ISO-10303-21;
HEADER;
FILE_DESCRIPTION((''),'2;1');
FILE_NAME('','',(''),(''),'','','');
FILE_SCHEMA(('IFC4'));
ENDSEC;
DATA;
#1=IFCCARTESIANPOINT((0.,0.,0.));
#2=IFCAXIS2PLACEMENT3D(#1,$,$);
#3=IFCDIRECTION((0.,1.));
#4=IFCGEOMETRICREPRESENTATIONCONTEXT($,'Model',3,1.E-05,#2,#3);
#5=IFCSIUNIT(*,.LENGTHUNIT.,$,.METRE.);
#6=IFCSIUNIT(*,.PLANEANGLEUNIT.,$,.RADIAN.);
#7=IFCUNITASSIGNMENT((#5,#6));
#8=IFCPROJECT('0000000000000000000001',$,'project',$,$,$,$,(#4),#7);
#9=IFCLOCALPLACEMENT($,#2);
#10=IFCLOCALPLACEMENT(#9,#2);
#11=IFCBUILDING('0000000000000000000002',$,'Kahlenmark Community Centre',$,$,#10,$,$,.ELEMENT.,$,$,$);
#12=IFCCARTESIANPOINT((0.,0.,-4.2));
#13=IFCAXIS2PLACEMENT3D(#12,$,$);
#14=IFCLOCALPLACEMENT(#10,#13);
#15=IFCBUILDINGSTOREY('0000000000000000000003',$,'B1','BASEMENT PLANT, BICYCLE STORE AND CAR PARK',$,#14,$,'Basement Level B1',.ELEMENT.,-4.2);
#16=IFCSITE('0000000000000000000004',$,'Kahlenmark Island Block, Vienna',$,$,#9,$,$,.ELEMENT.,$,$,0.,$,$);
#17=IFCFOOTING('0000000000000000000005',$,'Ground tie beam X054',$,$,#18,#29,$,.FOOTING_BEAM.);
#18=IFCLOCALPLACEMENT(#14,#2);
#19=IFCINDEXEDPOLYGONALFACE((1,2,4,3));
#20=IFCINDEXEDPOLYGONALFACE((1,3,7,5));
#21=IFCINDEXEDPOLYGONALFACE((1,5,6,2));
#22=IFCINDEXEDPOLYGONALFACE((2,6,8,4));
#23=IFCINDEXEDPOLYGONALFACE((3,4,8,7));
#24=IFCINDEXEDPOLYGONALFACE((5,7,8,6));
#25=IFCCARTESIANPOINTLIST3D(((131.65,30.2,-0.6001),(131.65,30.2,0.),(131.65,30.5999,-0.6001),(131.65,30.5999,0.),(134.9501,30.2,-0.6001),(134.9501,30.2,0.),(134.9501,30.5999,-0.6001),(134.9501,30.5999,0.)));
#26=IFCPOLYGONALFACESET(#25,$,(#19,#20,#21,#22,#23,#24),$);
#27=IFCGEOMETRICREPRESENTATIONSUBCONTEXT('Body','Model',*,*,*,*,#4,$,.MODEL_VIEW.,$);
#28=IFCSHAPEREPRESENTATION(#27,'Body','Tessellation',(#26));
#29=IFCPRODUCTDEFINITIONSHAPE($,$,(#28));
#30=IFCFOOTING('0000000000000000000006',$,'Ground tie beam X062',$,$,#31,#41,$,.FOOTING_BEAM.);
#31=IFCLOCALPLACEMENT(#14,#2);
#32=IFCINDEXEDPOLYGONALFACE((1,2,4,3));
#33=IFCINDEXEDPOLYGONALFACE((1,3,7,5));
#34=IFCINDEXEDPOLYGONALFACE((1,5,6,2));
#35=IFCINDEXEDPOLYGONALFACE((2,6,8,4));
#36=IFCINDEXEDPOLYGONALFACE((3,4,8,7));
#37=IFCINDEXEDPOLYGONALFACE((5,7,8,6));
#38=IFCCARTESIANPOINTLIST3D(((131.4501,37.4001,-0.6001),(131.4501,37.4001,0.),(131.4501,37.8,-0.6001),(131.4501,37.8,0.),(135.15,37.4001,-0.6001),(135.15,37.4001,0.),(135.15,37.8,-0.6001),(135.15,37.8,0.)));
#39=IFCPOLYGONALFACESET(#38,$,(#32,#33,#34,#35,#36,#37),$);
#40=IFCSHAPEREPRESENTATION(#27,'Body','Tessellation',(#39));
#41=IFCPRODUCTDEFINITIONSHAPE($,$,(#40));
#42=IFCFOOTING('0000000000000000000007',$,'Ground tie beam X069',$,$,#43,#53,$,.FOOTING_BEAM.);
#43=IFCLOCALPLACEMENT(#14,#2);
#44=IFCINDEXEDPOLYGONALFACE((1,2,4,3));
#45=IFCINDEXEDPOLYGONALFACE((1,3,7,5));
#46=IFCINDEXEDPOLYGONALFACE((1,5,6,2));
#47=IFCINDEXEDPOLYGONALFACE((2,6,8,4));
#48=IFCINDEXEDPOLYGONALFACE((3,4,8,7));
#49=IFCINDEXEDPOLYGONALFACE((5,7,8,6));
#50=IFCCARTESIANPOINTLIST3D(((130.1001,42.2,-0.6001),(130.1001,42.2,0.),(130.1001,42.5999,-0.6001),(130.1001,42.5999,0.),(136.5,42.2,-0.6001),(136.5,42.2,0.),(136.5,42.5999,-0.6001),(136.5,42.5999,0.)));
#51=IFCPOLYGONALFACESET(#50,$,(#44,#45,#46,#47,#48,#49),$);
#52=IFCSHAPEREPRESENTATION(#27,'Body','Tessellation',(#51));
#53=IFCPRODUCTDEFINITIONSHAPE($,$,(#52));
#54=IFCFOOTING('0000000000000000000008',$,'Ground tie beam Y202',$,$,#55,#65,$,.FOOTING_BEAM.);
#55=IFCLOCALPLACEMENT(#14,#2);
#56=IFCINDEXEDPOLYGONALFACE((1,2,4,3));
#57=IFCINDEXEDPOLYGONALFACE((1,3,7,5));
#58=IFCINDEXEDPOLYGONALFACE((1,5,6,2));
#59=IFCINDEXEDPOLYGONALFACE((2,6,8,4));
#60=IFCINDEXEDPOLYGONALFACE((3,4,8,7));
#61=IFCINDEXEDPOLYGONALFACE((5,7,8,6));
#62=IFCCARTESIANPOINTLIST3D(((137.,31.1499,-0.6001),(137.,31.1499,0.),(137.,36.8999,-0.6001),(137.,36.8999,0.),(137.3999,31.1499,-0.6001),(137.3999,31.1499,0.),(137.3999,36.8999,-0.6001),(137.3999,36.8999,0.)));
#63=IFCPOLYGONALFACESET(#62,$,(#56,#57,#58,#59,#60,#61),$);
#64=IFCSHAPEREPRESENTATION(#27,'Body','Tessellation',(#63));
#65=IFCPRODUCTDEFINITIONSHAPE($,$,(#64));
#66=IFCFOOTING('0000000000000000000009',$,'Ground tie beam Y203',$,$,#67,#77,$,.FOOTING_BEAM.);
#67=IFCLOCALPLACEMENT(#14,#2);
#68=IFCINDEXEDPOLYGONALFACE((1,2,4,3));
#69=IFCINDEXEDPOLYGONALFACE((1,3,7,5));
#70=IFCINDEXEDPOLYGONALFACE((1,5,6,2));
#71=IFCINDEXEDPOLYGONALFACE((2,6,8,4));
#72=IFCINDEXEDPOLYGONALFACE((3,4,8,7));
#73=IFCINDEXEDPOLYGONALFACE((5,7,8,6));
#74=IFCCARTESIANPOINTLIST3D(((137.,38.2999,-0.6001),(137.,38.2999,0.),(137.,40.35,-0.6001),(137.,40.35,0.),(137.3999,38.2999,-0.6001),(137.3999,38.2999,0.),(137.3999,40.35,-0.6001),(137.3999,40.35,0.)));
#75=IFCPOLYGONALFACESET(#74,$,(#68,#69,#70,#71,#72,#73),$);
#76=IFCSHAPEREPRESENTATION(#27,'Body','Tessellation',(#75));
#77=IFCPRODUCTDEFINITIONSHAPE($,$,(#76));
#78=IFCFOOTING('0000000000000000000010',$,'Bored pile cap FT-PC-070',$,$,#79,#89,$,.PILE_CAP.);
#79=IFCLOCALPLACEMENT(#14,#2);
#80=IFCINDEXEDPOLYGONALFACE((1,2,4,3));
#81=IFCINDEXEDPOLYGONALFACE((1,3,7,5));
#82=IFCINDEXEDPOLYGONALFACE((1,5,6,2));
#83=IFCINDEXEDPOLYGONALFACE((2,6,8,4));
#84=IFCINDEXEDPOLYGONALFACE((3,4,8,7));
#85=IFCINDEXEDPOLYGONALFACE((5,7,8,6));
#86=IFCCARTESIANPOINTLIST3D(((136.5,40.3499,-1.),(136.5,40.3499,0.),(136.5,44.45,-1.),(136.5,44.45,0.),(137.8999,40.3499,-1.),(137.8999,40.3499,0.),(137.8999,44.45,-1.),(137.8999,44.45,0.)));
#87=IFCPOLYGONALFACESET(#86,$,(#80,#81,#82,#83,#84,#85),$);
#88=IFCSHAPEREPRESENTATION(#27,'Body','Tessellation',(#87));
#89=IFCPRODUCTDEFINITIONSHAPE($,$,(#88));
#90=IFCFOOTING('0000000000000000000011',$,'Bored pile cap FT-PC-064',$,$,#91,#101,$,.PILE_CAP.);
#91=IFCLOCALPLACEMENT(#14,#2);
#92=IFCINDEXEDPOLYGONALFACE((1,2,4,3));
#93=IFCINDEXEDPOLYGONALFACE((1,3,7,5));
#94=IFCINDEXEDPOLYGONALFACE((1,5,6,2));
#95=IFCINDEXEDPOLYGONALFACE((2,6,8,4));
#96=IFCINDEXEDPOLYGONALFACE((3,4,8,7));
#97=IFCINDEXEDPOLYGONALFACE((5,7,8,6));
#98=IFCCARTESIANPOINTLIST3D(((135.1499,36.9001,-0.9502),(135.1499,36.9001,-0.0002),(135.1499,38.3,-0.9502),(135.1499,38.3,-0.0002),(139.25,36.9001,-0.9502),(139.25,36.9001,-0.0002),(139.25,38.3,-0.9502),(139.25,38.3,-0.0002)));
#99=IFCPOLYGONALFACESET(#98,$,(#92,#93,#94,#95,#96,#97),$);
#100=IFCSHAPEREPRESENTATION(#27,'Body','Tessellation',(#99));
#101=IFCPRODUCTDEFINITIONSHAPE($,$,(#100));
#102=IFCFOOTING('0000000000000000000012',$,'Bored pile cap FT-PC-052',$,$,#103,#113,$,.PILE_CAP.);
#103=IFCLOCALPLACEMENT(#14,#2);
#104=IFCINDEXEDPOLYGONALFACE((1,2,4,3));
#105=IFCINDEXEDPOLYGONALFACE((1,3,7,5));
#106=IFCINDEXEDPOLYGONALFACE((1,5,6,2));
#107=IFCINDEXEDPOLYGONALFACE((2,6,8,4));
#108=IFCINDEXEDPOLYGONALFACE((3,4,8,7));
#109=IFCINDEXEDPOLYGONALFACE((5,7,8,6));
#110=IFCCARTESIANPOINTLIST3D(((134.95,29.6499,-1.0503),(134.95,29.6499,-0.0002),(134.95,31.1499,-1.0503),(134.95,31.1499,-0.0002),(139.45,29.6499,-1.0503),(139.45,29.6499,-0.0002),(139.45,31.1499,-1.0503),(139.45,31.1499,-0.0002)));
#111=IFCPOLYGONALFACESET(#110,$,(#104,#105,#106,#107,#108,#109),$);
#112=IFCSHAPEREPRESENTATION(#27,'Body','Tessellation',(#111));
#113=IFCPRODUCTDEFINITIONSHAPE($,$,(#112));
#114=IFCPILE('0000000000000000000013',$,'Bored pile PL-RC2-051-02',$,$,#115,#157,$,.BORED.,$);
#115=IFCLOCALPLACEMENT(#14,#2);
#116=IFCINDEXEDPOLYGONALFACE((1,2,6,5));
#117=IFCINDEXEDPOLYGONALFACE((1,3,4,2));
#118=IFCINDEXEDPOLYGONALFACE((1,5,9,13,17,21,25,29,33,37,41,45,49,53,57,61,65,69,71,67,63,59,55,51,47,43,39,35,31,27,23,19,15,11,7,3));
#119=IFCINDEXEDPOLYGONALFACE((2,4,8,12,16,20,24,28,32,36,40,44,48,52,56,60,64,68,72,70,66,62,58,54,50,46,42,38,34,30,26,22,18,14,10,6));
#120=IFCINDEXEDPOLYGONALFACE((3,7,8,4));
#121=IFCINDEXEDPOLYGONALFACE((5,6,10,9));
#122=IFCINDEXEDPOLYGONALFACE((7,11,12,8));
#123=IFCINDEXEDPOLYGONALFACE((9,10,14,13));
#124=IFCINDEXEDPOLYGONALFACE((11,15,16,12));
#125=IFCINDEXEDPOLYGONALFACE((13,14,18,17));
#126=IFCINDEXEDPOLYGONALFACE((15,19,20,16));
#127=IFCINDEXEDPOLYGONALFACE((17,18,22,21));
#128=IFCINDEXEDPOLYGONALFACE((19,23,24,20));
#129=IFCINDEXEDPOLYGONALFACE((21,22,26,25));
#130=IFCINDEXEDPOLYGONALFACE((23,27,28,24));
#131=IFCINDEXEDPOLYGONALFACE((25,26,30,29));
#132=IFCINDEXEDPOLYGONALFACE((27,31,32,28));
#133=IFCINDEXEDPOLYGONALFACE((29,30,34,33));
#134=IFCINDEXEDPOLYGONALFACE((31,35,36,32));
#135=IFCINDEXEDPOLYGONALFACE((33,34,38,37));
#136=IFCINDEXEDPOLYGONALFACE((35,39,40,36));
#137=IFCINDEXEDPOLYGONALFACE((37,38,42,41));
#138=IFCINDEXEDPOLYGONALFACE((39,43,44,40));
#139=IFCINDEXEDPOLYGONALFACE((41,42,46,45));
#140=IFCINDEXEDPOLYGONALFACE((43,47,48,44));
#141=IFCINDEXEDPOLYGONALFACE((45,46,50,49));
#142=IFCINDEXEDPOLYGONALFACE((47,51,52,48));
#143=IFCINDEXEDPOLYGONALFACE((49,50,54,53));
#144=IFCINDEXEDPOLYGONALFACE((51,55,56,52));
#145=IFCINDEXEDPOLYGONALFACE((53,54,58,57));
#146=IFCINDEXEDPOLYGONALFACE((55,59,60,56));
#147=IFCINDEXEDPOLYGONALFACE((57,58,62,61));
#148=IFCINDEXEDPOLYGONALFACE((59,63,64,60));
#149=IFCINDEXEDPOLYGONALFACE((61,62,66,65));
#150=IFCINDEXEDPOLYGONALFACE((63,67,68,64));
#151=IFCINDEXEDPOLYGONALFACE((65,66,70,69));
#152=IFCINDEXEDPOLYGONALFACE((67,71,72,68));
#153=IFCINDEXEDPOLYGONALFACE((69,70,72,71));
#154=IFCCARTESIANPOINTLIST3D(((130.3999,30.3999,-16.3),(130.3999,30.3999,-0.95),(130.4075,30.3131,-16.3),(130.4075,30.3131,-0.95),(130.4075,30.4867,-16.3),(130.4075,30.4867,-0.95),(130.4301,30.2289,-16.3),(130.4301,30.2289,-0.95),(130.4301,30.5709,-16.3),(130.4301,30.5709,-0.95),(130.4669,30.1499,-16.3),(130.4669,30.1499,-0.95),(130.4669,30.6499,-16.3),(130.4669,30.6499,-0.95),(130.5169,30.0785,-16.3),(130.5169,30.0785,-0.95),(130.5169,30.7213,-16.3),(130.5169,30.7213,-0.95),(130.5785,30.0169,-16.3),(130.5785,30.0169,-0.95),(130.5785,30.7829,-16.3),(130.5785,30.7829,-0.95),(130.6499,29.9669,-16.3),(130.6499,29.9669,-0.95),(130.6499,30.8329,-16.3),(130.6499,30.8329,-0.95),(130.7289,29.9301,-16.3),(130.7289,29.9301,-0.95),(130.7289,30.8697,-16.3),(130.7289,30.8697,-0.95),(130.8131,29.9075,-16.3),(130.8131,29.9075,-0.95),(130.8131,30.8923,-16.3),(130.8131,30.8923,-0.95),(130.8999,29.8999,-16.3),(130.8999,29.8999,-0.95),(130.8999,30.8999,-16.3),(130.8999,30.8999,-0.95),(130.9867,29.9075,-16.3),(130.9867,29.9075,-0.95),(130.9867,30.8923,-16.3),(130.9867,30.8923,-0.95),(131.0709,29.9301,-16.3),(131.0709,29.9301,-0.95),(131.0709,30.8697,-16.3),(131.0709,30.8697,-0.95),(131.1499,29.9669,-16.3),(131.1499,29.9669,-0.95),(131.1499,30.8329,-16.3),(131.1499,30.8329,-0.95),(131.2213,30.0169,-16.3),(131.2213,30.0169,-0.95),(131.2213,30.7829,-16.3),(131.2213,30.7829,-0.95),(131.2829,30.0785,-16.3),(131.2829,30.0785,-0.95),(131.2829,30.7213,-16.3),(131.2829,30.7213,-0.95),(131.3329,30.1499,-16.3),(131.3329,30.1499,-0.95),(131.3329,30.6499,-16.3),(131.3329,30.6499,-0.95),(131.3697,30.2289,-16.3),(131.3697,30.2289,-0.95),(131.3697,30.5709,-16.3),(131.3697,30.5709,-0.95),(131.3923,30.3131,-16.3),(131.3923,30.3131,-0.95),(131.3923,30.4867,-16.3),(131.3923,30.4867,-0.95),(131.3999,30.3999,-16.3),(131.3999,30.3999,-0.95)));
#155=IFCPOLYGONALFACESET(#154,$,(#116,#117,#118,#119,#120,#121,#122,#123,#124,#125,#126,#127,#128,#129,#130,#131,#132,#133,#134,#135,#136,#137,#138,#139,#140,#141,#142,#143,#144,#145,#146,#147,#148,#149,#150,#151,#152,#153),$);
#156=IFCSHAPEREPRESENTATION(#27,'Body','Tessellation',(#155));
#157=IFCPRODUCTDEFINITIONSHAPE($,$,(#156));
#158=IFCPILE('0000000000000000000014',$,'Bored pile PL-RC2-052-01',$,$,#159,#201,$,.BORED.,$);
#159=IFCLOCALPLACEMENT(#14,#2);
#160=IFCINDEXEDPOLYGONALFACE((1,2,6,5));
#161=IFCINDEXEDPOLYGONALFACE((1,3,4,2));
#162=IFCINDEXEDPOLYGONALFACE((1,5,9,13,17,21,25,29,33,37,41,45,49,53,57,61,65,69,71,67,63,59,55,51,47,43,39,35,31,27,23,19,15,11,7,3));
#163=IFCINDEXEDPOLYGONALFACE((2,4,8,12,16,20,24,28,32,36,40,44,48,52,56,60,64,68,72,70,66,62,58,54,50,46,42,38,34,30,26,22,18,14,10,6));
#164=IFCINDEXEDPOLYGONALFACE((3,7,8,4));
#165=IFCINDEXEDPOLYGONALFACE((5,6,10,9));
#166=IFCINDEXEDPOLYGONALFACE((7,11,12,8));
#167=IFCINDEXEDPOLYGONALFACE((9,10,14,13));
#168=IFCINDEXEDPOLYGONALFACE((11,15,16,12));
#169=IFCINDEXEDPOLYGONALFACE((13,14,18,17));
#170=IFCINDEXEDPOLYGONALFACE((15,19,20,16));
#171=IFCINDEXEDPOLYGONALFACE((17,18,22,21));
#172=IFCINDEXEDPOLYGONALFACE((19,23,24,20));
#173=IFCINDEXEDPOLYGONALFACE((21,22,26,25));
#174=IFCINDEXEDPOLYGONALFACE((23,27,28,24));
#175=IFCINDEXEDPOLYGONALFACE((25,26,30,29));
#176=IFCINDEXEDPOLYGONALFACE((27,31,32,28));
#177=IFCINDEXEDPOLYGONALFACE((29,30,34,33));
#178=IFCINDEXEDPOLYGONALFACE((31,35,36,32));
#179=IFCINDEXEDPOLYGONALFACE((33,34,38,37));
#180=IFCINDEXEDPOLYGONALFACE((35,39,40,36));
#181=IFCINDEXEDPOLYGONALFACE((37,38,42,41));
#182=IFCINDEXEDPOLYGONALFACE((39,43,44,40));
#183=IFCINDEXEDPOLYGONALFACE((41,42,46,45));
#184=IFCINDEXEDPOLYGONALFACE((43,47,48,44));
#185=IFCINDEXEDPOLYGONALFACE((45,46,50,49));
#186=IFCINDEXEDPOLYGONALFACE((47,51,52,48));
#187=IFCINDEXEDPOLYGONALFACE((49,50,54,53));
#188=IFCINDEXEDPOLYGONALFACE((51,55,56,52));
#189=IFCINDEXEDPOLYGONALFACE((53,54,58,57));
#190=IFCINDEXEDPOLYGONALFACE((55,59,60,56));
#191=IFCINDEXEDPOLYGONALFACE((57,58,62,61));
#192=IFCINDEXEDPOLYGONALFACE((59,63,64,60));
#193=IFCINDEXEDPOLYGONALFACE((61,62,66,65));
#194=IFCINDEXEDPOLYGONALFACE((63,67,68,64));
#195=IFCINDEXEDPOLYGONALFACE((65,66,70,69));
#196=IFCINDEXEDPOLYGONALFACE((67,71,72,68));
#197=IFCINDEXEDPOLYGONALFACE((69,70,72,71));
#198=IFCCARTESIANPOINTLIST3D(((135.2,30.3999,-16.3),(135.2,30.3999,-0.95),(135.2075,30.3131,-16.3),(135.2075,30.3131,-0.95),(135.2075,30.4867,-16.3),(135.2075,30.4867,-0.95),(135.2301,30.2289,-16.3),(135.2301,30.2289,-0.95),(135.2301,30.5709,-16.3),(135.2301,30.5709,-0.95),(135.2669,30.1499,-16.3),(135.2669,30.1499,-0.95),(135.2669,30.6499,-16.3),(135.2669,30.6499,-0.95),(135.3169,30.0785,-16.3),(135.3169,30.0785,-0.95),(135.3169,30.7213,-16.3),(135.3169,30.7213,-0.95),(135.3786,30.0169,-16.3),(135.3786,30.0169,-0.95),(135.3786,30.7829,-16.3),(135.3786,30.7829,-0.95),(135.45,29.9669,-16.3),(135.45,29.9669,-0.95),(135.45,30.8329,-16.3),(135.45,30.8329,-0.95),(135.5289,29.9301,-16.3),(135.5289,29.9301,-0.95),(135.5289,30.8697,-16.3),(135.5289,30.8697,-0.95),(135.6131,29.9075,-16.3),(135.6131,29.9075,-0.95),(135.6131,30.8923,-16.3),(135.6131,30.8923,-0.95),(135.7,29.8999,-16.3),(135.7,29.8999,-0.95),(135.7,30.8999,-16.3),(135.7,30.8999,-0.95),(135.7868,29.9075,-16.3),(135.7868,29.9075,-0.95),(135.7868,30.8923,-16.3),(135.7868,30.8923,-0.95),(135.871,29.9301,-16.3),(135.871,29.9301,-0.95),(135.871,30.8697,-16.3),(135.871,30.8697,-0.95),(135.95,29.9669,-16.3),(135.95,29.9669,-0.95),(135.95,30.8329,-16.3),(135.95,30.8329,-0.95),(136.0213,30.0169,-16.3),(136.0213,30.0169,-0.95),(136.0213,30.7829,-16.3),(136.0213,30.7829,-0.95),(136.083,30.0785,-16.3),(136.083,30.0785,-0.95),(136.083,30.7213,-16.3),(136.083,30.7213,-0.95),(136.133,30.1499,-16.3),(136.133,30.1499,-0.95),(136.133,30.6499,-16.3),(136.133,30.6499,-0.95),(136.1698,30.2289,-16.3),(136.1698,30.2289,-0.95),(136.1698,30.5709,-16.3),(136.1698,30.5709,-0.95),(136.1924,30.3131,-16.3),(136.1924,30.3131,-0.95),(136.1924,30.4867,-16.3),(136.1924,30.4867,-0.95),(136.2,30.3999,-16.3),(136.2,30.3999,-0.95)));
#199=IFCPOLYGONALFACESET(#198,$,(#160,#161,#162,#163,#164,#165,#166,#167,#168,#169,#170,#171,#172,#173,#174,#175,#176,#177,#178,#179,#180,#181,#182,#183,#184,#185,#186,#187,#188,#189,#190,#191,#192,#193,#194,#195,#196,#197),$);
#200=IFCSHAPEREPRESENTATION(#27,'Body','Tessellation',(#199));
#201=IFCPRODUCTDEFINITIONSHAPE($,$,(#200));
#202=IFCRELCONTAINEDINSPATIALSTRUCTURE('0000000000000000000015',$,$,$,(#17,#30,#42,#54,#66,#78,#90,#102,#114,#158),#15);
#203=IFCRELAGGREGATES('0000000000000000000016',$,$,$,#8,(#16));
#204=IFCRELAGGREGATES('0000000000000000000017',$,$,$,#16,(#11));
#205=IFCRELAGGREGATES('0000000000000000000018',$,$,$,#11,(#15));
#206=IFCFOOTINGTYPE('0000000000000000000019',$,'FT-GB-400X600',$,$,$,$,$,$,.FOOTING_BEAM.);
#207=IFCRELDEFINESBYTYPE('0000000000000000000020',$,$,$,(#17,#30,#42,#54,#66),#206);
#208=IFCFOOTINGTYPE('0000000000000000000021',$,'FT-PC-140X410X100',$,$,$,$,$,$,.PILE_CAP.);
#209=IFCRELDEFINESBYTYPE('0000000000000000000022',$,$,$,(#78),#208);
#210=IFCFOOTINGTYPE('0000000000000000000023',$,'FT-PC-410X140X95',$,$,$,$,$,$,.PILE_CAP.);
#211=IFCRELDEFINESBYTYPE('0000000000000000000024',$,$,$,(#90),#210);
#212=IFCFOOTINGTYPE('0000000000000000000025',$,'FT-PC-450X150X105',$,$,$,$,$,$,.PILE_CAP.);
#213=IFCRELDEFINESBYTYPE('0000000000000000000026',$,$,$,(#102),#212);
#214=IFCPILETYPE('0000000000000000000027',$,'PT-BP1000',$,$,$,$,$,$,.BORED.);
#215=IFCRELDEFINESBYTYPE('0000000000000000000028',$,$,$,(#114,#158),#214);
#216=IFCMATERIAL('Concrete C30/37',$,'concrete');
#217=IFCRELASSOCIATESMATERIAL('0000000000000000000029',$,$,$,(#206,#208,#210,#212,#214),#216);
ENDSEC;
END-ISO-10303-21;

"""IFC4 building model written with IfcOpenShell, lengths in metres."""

from ifc_helpers import new_model, si_unit, direction, frame, origin, origin_2d, place, context, subcontext, project, spatial, rectangle, circle, extrude, material, material_profile, profile_set, type_object, element, save


model = new_model("IFC4")

# Units and contexts
model_context = context("Model", 3, precision=1e-05, world=origin(), true_north=direction((0.0, 1.0)))
body_context = subcontext(model_context, "Body", "Model", "MODEL_VIEW")
ifc_project = project(units=[si_unit("LENGTHUNIT", "METRE"), si_unit("PLANEANGLEUNIT", "RADIAN")], contexts=[model_context])

# Site, building, storey
site_placement = place(None, origin())
site = spatial("IfcSite", under=ifc_project, at=site_placement, Name="Kahlenmark Island Block, Vienna", CompositionType="ELEMENT", RefElevation=0.0)
building_placement = place(site_placement, origin())
building = spatial("IfcBuilding", under=site, at=building_placement, Name="Kahlenmark Community Centre", CompositionType="ELEMENT")
storey_placement = place(building_placement, frame((0.0, 0.0, -4.2)))
storey = spatial("IfcBuildingStorey", under=building, at=storey_placement, Name="B1", Description="BASEMENT PLANT, BICYCLE STORE AND CAR PARK", LongName="Basement Level B1", CompositionType="ELEMENT", Elevation=-4.2)

# Footings
ifc_material_1 = material(Name="Concrete C30/37", Category="concrete")
footing_type_1 = type_object("IfcFootingType", Name="FT-GB-400X600", PredefinedType="FOOTING_BEAM", material=ifc_material_1)
footing_1_placement = place(storey_placement, frame((133.3, 30.3999, -0.6001), z_axis=(0.0, 0.0, 1.0), x_axis=(1.0, 0.0, 0.0)))
element("IfcFooting", 1, at=footing_1_placement, inside=storey, type_object=footing_type_1, Name="Ground tie beam X054", PredefinedType="FOOTING_BEAM", context=body_context, shape_type="SweptSolid", body=[
    extrude(rectangle(XDim=3.3, YDim=0.3999, at=origin_2d()), origin(), (0.0, 0.0, 1.0), 0.6001),
])
footing_2_placement = place(storey_placement, frame((133.3, 37.6001, -0.6001), z_axis=(0.0, 0.0, 1.0), x_axis=(1.0, 0.0, 0.0)))
element("IfcFooting", 2, at=footing_2_placement, inside=storey, type_object=footing_type_1, Name="Ground tie beam X062", PredefinedType="FOOTING_BEAM", context=body_context, shape_type="SweptSolid", body=[
    extrude(rectangle(XDim=3.7, YDim=0.3999, at=origin_2d()), origin(), (0.0, 0.0, 1.0), 0.6001),
])
footing_3_placement = place(storey_placement, frame((133.3, 42.3999, -0.6001), z_axis=(0.0, 0.0, 1.0), x_axis=(1.0, 0.0, 0.0)))
element("IfcFooting", 3, at=footing_3_placement, inside=storey, type_object=footing_type_1, Name="Ground tie beam X069", PredefinedType="FOOTING_BEAM", context=body_context, shape_type="SweptSolid", body=[
    extrude(rectangle(XDim=6.3999, YDim=0.3999, at=origin_2d()), origin(), (0.0, 0.0, 1.0), 0.6001),
])
footing_4_placement = place(storey_placement, frame((137.2, 34.0249, -0.6001), z_axis=(0.0, 0.0, 1.0), x_axis=(1.0, 0.0, 0.0)))
element("IfcFooting", 4, at=footing_4_placement, inside=storey, type_object=footing_type_1, Name="Ground tie beam Y202", PredefinedType="FOOTING_BEAM", context=body_context, shape_type="SweptSolid", body=[
    extrude(rectangle(XDim=0.3999, YDim=5.75, at=origin_2d()), origin(), (0.0, 0.0, 1.0), 0.6001),
])
footing_5_placement = place(storey_placement, frame((137.2, 39.325, -0.6001), z_axis=(0.0, 0.0, 1.0), x_axis=(1.0, 0.0, 0.0)))
element("IfcFooting", 5, at=footing_5_placement, inside=storey, type_object=footing_type_1, Name="Ground tie beam Y203", PredefinedType="FOOTING_BEAM", context=body_context, shape_type="SweptSolid", body=[
    extrude(rectangle(XDim=0.3999, YDim=2.05, at=origin_2d()), origin(), (0.0, 0.0, 1.0), 0.6001),
])
footing_type_2 = type_object("IfcFootingType", Name="FT-PC-140X410X100", PredefinedType="PILE_CAP", material=ifc_material_1)
footing_6_placement = place(storey_placement, frame((137.2, 42.3999, -1.0), z_axis=(0.0, 0.0, 1.0), x_axis=(1.0, 0.0, 0.0)))
element("IfcFooting", 6, at=footing_6_placement, inside=storey, type_object=footing_type_2, Name="Bored pile cap FT-PC-070", PredefinedType="PILE_CAP", context=body_context, shape_type="SweptSolid", body=[
    extrude(rectangle(XDim=1.3999, YDim=4.1001, at=origin_2d()), origin(), (0.0, 0.0, 1.0), 1.0),
])
footing_type_3 = type_object("IfcFootingType", Name="FT-PC-410X140X95", PredefinedType="PILE_CAP", material=ifc_material_1)
footing_7_placement = place(storey_placement, frame((137.2, 37.6001, -0.9502), z_axis=(0.0, 0.0, 1.0), x_axis=(1.0, 0.0, 0.0)))
element("IfcFooting", 7, at=footing_7_placement, inside=storey, type_object=footing_type_3, Name="Bored pile cap FT-PC-064", PredefinedType="PILE_CAP", context=body_context, shape_type="SweptSolid", body=[
    extrude(rectangle(XDim=4.1001, YDim=1.3999, at=origin_2d()), origin(), (0.0, 0.0, 1.0), 0.95),
])
footing_type_4 = type_object("IfcFootingType", Name="FT-PC-450X150X105", PredefinedType="PILE_CAP", material=ifc_material_1)
footing_8_placement = place(storey_placement, frame((137.2, 30.3999, -1.0503), z_axis=(0.0, 0.0, 1.0), x_axis=(1.0, 0.0, 0.0)))
element("IfcFooting", 8, at=footing_8_placement, inside=storey, type_object=footing_type_4, Name="Bored pile cap FT-PC-052", PredefinedType="PILE_CAP", context=body_context, shape_type="SweptSolid", body=[
    extrude(rectangle(XDim=4.5, YDim=1.5, at=origin_2d()), origin(), (0.0, 0.0, 1.0), 1.05),
])

# Piles
ifc_material_profile_1 = material_profile(ifc_material_1, circle(Radius=0.5, at=origin_2d()), Name="BORED PILE 1000")
ifc_profile_set_1 = profile_set([ifc_material_profile_1], Name="Concrete C30/37")
pile_type_1 = type_object("IfcPileType", Name="PT-BP1000", PredefinedType="BORED", material=ifc_profile_set_1)
for number, where, z_axis, x_axis, name in (
    (9, (130.8999, 30.3999, -0.95), (0.0, 0.0, -1.0), (1.0, 0.0, 0.0), "Bored pile PL-RC2-051-02"),
    (10, (135.7, 30.3999, -0.95), (0.0, 0.0, -1.0), (1.0, 0.0, 0.0), "Bored pile PL-RC2-052-01"),
):
    element("IfcPile", number, at=place(storey_placement, frame(where, z_axis=z_axis, x_axis=x_axis)), inside=storey, type_object=pile_type_1, Name=name, PredefinedType="BORED", context=body_context, shape_type="SweptSolid", body=[
        extrude(circle(Radius=0.5, at=origin_2d()), origin(), (0.0, 0.0, 1.0), 15.3501),
    ])

save(model, "model.ifc")
